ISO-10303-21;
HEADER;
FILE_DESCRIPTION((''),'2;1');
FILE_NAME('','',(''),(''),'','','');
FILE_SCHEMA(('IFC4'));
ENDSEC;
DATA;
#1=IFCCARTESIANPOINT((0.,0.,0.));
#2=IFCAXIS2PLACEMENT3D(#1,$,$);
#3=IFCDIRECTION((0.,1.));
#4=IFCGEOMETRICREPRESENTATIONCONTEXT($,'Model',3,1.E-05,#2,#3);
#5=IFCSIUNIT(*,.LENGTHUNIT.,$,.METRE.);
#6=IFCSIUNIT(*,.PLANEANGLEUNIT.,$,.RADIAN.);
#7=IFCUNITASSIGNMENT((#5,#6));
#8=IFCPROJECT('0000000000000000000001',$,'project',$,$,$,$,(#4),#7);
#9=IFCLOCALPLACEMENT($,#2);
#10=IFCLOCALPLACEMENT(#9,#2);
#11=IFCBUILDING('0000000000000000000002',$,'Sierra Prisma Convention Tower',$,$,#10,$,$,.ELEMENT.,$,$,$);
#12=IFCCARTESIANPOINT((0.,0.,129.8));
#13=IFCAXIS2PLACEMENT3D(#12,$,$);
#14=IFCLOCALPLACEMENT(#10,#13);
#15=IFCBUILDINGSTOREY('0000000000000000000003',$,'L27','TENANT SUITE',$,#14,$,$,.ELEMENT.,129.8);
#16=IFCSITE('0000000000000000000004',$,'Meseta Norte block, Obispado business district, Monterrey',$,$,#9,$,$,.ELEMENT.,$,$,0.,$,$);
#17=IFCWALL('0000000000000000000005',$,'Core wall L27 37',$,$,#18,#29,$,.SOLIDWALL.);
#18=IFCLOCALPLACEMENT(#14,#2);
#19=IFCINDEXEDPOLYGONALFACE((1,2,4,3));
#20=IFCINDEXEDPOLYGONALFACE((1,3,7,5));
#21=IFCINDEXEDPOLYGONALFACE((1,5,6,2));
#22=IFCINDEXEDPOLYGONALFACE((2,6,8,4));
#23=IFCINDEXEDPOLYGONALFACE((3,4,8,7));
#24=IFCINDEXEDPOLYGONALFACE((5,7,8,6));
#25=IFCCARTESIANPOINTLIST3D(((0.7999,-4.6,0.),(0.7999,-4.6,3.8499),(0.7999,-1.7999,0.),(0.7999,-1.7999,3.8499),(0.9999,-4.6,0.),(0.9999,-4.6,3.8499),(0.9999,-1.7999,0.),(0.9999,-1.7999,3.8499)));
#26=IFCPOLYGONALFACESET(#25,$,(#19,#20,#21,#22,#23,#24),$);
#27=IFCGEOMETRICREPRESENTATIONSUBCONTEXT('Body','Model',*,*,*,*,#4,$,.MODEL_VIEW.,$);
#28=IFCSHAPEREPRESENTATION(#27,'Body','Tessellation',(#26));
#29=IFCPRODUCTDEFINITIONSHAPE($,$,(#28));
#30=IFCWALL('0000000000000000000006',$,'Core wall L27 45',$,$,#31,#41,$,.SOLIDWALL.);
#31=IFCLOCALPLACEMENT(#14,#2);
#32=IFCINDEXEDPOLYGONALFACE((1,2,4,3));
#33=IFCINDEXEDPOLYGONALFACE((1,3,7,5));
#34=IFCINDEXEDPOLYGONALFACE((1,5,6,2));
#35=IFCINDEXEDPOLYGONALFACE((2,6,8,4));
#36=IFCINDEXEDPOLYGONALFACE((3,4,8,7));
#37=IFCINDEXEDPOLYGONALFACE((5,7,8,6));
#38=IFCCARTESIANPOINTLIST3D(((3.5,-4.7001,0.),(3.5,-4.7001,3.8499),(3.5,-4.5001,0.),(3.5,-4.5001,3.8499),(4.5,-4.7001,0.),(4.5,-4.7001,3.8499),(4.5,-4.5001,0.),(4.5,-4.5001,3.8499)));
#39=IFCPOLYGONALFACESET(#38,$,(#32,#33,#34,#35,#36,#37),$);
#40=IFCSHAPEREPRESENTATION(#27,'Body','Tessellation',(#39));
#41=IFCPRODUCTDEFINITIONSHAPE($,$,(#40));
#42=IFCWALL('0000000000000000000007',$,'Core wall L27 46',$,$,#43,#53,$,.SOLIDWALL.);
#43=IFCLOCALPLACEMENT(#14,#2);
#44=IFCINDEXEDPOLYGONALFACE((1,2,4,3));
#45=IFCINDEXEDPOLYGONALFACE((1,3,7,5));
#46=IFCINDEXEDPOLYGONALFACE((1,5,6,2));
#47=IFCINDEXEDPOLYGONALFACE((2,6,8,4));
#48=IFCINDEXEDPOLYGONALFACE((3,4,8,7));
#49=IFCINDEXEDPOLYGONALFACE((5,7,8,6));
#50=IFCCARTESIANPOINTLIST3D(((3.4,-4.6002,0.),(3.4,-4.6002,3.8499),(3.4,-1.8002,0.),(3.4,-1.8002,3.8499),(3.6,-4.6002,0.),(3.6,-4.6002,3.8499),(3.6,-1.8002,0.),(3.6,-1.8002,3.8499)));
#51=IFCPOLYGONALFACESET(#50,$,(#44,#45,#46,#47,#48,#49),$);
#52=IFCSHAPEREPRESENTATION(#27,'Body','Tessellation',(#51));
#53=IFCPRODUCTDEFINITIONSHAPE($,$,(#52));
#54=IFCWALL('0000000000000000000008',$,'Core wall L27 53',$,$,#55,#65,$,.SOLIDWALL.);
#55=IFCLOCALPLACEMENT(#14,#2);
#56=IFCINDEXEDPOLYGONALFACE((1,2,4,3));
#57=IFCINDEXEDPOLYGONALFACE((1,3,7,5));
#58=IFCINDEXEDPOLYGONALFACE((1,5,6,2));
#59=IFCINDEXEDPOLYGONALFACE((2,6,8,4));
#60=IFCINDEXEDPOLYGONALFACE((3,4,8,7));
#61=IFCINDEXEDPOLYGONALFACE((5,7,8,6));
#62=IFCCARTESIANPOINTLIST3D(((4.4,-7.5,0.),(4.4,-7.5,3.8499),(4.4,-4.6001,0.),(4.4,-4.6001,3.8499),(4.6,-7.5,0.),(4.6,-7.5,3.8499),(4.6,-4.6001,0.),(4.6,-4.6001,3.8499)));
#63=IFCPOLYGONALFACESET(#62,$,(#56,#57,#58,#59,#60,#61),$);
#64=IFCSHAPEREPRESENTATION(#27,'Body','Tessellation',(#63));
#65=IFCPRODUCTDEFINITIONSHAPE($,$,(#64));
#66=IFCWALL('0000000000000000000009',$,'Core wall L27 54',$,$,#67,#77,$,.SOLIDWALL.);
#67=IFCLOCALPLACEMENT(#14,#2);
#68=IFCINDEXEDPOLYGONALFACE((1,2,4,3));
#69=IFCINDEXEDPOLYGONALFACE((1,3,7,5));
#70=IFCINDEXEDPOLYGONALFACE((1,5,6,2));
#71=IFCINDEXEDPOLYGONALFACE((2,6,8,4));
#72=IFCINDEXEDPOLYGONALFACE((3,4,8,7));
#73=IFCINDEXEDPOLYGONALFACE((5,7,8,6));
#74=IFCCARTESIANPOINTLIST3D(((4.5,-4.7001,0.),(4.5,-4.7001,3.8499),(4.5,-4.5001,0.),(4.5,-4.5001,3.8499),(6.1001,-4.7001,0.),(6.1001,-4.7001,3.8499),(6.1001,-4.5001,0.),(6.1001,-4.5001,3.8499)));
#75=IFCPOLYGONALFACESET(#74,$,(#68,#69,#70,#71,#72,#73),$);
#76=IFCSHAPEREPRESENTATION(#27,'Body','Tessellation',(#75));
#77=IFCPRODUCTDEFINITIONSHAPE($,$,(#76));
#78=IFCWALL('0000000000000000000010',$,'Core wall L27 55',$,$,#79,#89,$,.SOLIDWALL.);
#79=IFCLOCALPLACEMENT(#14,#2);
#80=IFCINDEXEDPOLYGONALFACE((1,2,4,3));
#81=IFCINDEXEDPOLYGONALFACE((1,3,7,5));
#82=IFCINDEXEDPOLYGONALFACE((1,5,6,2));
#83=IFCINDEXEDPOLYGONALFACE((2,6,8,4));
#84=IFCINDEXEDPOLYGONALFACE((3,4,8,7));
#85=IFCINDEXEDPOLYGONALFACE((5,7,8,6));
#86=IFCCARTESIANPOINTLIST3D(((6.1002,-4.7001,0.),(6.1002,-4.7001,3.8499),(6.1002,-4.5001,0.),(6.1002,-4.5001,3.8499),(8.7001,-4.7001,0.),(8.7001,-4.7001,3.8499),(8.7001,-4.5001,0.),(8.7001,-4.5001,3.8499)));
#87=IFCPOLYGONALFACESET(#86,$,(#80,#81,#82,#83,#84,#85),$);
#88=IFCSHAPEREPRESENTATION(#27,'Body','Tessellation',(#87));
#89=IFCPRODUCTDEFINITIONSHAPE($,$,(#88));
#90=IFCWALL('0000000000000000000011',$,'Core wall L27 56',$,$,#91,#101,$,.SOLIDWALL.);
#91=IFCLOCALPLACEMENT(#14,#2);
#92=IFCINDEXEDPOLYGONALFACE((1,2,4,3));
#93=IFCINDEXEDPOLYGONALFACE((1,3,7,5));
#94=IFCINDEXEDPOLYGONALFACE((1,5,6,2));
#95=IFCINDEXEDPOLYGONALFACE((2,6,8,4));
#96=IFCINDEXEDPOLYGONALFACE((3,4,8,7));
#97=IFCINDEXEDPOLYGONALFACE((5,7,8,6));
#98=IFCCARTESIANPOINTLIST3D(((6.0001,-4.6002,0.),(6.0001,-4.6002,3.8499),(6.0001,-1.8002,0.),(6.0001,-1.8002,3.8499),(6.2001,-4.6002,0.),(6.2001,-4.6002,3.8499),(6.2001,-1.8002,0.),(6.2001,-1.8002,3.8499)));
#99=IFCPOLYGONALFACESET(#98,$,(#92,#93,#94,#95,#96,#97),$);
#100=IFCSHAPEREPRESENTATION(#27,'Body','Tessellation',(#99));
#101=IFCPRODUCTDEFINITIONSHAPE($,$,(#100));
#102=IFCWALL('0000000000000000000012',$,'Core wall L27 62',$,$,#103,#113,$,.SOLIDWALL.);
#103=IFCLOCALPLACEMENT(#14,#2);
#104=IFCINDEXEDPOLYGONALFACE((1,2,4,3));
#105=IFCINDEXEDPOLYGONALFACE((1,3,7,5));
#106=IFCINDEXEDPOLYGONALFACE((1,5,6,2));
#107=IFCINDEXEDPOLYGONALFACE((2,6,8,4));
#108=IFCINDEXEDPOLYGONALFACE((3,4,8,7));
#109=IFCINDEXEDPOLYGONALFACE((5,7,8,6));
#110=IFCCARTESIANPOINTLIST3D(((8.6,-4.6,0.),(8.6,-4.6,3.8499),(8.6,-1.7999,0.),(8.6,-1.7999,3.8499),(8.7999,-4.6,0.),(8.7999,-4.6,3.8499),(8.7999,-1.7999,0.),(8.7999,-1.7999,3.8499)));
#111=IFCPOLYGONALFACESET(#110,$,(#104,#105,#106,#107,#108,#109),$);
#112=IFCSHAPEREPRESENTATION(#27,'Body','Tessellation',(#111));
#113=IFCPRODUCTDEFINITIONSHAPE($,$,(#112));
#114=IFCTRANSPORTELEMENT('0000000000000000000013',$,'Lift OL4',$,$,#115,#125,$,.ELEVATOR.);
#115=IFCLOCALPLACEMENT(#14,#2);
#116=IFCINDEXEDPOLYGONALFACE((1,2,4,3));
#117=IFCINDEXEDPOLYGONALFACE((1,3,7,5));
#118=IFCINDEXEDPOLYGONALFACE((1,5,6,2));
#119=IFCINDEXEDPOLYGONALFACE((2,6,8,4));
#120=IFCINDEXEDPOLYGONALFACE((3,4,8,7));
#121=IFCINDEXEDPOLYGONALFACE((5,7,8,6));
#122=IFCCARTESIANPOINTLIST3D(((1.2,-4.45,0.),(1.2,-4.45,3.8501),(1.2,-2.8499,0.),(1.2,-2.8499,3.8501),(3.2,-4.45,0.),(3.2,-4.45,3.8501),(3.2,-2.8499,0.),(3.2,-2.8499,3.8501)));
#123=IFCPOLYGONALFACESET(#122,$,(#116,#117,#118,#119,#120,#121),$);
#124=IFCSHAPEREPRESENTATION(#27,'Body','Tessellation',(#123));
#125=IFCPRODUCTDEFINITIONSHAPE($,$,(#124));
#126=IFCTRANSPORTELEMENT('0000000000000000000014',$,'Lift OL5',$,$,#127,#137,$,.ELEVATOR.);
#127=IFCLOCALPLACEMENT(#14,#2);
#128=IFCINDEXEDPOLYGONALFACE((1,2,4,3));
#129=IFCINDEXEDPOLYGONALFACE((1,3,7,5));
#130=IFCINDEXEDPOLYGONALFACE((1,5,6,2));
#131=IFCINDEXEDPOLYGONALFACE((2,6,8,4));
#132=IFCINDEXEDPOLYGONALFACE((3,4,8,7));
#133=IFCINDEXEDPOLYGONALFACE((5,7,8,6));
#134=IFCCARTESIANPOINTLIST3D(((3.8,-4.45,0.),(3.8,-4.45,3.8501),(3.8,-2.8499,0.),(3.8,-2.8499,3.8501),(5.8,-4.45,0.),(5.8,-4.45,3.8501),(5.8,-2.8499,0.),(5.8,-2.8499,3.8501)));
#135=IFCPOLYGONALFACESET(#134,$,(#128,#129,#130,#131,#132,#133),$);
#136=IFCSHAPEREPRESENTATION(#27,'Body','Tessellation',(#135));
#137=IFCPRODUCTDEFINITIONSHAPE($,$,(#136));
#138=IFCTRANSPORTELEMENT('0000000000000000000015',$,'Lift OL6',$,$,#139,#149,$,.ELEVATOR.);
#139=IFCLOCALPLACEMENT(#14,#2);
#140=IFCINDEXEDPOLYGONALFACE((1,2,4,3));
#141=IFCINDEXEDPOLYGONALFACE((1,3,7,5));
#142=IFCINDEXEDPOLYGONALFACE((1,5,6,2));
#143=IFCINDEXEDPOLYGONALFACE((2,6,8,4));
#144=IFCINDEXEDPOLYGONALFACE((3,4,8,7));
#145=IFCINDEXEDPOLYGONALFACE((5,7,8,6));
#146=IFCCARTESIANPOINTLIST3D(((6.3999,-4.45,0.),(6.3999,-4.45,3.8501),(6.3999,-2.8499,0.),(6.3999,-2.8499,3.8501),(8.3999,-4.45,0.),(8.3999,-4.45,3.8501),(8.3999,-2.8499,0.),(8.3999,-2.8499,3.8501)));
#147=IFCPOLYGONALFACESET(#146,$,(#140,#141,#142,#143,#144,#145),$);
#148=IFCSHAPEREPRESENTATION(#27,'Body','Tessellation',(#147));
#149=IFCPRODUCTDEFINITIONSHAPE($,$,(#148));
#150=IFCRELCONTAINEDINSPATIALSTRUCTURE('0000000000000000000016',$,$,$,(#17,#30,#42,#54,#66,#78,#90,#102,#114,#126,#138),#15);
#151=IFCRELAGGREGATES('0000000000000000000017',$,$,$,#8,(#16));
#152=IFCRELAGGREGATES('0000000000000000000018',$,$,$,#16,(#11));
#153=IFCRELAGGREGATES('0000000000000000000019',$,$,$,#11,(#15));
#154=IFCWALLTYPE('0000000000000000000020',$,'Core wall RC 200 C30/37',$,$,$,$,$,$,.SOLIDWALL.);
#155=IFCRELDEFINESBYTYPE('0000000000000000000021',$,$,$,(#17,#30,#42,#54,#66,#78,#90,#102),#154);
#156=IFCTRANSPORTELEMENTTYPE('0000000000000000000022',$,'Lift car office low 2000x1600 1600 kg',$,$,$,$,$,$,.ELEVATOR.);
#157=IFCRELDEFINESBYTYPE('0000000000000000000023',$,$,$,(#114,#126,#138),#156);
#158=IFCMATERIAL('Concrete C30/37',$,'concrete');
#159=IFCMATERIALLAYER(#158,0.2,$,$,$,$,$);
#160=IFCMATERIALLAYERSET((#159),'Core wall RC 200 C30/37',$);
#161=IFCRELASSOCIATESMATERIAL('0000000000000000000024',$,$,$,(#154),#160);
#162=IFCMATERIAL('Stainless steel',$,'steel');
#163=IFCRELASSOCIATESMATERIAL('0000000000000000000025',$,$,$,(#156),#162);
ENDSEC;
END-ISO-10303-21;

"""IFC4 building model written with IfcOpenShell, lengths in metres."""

from ifc_helpers import new_model, si_unit, direction, frame, frame_2d, origin, origin_2d, place, context, subcontext, project, spatial, rectangle, extrude, material, layer, layer_set, type_object, element, save


model = new_model("IFC4")

# Units and contexts
model_context = context("Model", 3, precision=1e-05, world=origin(), true_north=direction((0.0, 1.0)))
body_context = subcontext(model_context, "Body", "Model", "MODEL_VIEW")
ifc_project = project(units=[si_unit("LENGTHUNIT", "METRE"), si_unit("PLANEANGLEUNIT", "RADIAN")], contexts=[model_context])

# Site, building, storey
site_placement = place(None, origin())
site = spatial("IfcSite", under=ifc_project, at=site_placement, Name="Meseta Norte block, Obispado business district, Monterrey", CompositionType="ELEMENT", RefElevation=0.0)
building_placement = place(site_placement, origin())
building = spatial("IfcBuilding", under=site, at=building_placement, Name="Sierra Prisma Convention Tower", CompositionType="ELEMENT")
storey_placement = place(building_placement, frame((0.0, 0.0, 129.8)))
storey = spatial("IfcBuildingStorey", under=building, at=storey_placement, Name="L27", Description="TENANT SUITE", CompositionType="ELEMENT", Elevation=129.8)

# Shared definitions
ifc_material_1 = material(Name="Concrete C30/37", Category="concrete")
ifc_layer = layer(ifc_material_1, 0.2)
ifc_layer_set = layer_set([ifc_layer], Name="Core wall RC 200 C30/37")
wall_type = type_object("IfcWallType", Name="Core wall RC 200 C30/37", PredefinedType="SOLIDWALL", material=ifc_layer_set)

# Walls
wall_1_placement = place(storey_placement, frame((0.8999, -1.8, 0.0), z_axis=(0.0, 0.0, 1.0), x_axis=(0.0, -1.0, 0.0)))
element("IfcWall", 1, at=wall_1_placement, inside=storey, type_object=wall_type, Name="Core wall L27 37", PredefinedType="SOLIDWALL", context=body_context, shape_type="SweptSolid", body=[
    extrude(rectangle(XDim=2.8, YDim=0.2, at=frame_2d((1.3999, 0.0))), origin(), (0.0, 0.0, 1.0), 3.8499),
])
wall_2_placement = place(storey_placement, frame((4.5, -4.6001, 0.0), z_axis=(0.0, 0.0, 1.0), x_axis=(-1.0, 0.0, 0.0)))
element("IfcWall", 2, at=wall_2_placement, inside=storey, type_object=wall_type, Name="Core wall L27 45", PredefinedType="SOLIDWALL", context=body_context, shape_type="SweptSolid", body=[
    extrude(rectangle(XDim=1.0, YDim=0.2, at=frame_2d((0.5, 0.0))), origin(), (0.0, 0.0, 1.0), 3.8499),
])
wall_3_placement = place(storey_placement, frame((3.5, -4.6001, 0.0), z_axis=(0.0, 0.0, 1.0), x_axis=(0.0, 1.0, 0.0)))
element("IfcWall", 3, at=wall_3_placement, inside=storey, type_object=wall_type, Name="Core wall L27 46", PredefinedType="SOLIDWALL", context=body_context, shape_type="SweptSolid", body=[
    extrude(rectangle(XDim=2.8, YDim=0.2, at=frame_2d((1.3999, 0.0))), origin(), (0.0, 0.0, 1.0), 3.8499),
])

# Walls
wall_4_placement = place(storey_placement, frame((4.5, -4.6001, 0.0), z_axis=(0.0, 0.0, 1.0), x_axis=(0.0, -1.0, 0.0)))
element("IfcWall", 4, at=wall_4_placement, inside=storey, type_object=wall_type, Name="Core wall L27 53", PredefinedType="SOLIDWALL", context=body_context, shape_type="SweptSolid", body=[
    extrude(rectangle(XDim=2.8999, YDim=0.2, at=frame_2d((1.45, 0.0))), origin(), (0.0, 0.0, 1.0), 3.8499),
])
wall_5_placement = place(storey_placement, frame((6.1001, -4.6001, 0.0), z_axis=(0.0, 0.0, 1.0), x_axis=(-1.0, 0.0, 0.0)))
element("IfcWall", 5, at=wall_5_placement, inside=storey, type_object=wall_type, Name="Core wall L27 54", PredefinedType="SOLIDWALL", context=body_context, shape_type="SweptSolid", body=[
    extrude(rectangle(XDim=1.6001, YDim=0.2, at=frame_2d((0.8, 0.0))), origin(), (0.0, 0.0, 1.0), 3.8499),
])
wall_6_placement = place(storey_placement, frame((8.7, -4.6001, 0.0), z_axis=(0.0, 0.0, 1.0), x_axis=(-1.0, 0.0, 0.0)))
element("IfcWall", 6, at=wall_6_placement, inside=storey, type_object=wall_type, Name="Core wall L27 55", PredefinedType="SOLIDWALL", context=body_context, shape_type="SweptSolid", body=[
    extrude(rectangle(XDim=2.5999, YDim=0.2, at=frame_2d((1.2998, 0.0))), origin(), (0.0, 0.0, 1.0), 3.8499),
])
wall_7_placement = place(storey_placement, frame((6.1001, -4.6001, 0.0), z_axis=(0.0, 0.0, 1.0), x_axis=(0.0, 1.0, 0.0)))
element("IfcWall", 7, at=wall_7_placement, inside=storey, type_object=wall_type, Name="Core wall L27 56", PredefinedType="SOLIDWALL", context=body_context, shape_type="SweptSolid", body=[
    extrude(rectangle(XDim=2.8, YDim=0.2, at=frame_2d((1.3999, 0.0))), origin(), (0.0, 0.0, 1.0), 3.8499),
])

# Wall
wall_8_placement = place(storey_placement, frame((8.7, -1.8, 0.0), z_axis=(0.0, 0.0, 1.0), x_axis=(0.0, -1.0, 0.0)))
element("IfcWall", 8, at=wall_8_placement, inside=storey, type_object=wall_type, Name="Core wall L27 62", PredefinedType="SOLIDWALL", context=body_context, shape_type="SweptSolid", body=[
    extrude(rectangle(XDim=2.8, YDim=0.2, at=frame_2d((1.3999, 0.0))), origin(), (0.0, 0.0, 1.0), 3.8499),
])

# Transport elements
ifc_material_2 = material(Name="Stainless steel", Category="steel")
transport_element_type = type_object("IfcTransportElementType", Name="Lift car office low 2000x1600 1600 kg", PredefinedType="ELEVATOR", material=ifc_material_2)
for number, where, z_axis, x_axis, name in (
    (9, (2.2, -3.6499, 0.0), (0.0, 0.0, 1.0), (1.0, 0.0, 0.0), "Lift OL4"),
    (10, (4.8, -3.6499, 0.0), (0.0, 0.0, 1.0), (1.0, 0.0, 0.0), "Lift OL5"),
    (11, (7.3999, -3.6499, 0.0), (0.0, 0.0, 1.0), (1.0, 0.0, 0.0), "Lift OL6"),
):
    element("IfcTransportElement", number, at=place(storey_placement, frame(where, z_axis=z_axis, x_axis=x_axis)), inside=storey, type_object=transport_element_type, Name=name, PredefinedType="ELEVATOR", context=body_context, shape_type="SweptSolid", body=[
        extrude(rectangle(XDim=2.0, YDim=1.6001, at=origin_2d()), origin(), (0.0, 0.0, 1.0), 3.8501),
    ])

save(model, "model.ifc")
